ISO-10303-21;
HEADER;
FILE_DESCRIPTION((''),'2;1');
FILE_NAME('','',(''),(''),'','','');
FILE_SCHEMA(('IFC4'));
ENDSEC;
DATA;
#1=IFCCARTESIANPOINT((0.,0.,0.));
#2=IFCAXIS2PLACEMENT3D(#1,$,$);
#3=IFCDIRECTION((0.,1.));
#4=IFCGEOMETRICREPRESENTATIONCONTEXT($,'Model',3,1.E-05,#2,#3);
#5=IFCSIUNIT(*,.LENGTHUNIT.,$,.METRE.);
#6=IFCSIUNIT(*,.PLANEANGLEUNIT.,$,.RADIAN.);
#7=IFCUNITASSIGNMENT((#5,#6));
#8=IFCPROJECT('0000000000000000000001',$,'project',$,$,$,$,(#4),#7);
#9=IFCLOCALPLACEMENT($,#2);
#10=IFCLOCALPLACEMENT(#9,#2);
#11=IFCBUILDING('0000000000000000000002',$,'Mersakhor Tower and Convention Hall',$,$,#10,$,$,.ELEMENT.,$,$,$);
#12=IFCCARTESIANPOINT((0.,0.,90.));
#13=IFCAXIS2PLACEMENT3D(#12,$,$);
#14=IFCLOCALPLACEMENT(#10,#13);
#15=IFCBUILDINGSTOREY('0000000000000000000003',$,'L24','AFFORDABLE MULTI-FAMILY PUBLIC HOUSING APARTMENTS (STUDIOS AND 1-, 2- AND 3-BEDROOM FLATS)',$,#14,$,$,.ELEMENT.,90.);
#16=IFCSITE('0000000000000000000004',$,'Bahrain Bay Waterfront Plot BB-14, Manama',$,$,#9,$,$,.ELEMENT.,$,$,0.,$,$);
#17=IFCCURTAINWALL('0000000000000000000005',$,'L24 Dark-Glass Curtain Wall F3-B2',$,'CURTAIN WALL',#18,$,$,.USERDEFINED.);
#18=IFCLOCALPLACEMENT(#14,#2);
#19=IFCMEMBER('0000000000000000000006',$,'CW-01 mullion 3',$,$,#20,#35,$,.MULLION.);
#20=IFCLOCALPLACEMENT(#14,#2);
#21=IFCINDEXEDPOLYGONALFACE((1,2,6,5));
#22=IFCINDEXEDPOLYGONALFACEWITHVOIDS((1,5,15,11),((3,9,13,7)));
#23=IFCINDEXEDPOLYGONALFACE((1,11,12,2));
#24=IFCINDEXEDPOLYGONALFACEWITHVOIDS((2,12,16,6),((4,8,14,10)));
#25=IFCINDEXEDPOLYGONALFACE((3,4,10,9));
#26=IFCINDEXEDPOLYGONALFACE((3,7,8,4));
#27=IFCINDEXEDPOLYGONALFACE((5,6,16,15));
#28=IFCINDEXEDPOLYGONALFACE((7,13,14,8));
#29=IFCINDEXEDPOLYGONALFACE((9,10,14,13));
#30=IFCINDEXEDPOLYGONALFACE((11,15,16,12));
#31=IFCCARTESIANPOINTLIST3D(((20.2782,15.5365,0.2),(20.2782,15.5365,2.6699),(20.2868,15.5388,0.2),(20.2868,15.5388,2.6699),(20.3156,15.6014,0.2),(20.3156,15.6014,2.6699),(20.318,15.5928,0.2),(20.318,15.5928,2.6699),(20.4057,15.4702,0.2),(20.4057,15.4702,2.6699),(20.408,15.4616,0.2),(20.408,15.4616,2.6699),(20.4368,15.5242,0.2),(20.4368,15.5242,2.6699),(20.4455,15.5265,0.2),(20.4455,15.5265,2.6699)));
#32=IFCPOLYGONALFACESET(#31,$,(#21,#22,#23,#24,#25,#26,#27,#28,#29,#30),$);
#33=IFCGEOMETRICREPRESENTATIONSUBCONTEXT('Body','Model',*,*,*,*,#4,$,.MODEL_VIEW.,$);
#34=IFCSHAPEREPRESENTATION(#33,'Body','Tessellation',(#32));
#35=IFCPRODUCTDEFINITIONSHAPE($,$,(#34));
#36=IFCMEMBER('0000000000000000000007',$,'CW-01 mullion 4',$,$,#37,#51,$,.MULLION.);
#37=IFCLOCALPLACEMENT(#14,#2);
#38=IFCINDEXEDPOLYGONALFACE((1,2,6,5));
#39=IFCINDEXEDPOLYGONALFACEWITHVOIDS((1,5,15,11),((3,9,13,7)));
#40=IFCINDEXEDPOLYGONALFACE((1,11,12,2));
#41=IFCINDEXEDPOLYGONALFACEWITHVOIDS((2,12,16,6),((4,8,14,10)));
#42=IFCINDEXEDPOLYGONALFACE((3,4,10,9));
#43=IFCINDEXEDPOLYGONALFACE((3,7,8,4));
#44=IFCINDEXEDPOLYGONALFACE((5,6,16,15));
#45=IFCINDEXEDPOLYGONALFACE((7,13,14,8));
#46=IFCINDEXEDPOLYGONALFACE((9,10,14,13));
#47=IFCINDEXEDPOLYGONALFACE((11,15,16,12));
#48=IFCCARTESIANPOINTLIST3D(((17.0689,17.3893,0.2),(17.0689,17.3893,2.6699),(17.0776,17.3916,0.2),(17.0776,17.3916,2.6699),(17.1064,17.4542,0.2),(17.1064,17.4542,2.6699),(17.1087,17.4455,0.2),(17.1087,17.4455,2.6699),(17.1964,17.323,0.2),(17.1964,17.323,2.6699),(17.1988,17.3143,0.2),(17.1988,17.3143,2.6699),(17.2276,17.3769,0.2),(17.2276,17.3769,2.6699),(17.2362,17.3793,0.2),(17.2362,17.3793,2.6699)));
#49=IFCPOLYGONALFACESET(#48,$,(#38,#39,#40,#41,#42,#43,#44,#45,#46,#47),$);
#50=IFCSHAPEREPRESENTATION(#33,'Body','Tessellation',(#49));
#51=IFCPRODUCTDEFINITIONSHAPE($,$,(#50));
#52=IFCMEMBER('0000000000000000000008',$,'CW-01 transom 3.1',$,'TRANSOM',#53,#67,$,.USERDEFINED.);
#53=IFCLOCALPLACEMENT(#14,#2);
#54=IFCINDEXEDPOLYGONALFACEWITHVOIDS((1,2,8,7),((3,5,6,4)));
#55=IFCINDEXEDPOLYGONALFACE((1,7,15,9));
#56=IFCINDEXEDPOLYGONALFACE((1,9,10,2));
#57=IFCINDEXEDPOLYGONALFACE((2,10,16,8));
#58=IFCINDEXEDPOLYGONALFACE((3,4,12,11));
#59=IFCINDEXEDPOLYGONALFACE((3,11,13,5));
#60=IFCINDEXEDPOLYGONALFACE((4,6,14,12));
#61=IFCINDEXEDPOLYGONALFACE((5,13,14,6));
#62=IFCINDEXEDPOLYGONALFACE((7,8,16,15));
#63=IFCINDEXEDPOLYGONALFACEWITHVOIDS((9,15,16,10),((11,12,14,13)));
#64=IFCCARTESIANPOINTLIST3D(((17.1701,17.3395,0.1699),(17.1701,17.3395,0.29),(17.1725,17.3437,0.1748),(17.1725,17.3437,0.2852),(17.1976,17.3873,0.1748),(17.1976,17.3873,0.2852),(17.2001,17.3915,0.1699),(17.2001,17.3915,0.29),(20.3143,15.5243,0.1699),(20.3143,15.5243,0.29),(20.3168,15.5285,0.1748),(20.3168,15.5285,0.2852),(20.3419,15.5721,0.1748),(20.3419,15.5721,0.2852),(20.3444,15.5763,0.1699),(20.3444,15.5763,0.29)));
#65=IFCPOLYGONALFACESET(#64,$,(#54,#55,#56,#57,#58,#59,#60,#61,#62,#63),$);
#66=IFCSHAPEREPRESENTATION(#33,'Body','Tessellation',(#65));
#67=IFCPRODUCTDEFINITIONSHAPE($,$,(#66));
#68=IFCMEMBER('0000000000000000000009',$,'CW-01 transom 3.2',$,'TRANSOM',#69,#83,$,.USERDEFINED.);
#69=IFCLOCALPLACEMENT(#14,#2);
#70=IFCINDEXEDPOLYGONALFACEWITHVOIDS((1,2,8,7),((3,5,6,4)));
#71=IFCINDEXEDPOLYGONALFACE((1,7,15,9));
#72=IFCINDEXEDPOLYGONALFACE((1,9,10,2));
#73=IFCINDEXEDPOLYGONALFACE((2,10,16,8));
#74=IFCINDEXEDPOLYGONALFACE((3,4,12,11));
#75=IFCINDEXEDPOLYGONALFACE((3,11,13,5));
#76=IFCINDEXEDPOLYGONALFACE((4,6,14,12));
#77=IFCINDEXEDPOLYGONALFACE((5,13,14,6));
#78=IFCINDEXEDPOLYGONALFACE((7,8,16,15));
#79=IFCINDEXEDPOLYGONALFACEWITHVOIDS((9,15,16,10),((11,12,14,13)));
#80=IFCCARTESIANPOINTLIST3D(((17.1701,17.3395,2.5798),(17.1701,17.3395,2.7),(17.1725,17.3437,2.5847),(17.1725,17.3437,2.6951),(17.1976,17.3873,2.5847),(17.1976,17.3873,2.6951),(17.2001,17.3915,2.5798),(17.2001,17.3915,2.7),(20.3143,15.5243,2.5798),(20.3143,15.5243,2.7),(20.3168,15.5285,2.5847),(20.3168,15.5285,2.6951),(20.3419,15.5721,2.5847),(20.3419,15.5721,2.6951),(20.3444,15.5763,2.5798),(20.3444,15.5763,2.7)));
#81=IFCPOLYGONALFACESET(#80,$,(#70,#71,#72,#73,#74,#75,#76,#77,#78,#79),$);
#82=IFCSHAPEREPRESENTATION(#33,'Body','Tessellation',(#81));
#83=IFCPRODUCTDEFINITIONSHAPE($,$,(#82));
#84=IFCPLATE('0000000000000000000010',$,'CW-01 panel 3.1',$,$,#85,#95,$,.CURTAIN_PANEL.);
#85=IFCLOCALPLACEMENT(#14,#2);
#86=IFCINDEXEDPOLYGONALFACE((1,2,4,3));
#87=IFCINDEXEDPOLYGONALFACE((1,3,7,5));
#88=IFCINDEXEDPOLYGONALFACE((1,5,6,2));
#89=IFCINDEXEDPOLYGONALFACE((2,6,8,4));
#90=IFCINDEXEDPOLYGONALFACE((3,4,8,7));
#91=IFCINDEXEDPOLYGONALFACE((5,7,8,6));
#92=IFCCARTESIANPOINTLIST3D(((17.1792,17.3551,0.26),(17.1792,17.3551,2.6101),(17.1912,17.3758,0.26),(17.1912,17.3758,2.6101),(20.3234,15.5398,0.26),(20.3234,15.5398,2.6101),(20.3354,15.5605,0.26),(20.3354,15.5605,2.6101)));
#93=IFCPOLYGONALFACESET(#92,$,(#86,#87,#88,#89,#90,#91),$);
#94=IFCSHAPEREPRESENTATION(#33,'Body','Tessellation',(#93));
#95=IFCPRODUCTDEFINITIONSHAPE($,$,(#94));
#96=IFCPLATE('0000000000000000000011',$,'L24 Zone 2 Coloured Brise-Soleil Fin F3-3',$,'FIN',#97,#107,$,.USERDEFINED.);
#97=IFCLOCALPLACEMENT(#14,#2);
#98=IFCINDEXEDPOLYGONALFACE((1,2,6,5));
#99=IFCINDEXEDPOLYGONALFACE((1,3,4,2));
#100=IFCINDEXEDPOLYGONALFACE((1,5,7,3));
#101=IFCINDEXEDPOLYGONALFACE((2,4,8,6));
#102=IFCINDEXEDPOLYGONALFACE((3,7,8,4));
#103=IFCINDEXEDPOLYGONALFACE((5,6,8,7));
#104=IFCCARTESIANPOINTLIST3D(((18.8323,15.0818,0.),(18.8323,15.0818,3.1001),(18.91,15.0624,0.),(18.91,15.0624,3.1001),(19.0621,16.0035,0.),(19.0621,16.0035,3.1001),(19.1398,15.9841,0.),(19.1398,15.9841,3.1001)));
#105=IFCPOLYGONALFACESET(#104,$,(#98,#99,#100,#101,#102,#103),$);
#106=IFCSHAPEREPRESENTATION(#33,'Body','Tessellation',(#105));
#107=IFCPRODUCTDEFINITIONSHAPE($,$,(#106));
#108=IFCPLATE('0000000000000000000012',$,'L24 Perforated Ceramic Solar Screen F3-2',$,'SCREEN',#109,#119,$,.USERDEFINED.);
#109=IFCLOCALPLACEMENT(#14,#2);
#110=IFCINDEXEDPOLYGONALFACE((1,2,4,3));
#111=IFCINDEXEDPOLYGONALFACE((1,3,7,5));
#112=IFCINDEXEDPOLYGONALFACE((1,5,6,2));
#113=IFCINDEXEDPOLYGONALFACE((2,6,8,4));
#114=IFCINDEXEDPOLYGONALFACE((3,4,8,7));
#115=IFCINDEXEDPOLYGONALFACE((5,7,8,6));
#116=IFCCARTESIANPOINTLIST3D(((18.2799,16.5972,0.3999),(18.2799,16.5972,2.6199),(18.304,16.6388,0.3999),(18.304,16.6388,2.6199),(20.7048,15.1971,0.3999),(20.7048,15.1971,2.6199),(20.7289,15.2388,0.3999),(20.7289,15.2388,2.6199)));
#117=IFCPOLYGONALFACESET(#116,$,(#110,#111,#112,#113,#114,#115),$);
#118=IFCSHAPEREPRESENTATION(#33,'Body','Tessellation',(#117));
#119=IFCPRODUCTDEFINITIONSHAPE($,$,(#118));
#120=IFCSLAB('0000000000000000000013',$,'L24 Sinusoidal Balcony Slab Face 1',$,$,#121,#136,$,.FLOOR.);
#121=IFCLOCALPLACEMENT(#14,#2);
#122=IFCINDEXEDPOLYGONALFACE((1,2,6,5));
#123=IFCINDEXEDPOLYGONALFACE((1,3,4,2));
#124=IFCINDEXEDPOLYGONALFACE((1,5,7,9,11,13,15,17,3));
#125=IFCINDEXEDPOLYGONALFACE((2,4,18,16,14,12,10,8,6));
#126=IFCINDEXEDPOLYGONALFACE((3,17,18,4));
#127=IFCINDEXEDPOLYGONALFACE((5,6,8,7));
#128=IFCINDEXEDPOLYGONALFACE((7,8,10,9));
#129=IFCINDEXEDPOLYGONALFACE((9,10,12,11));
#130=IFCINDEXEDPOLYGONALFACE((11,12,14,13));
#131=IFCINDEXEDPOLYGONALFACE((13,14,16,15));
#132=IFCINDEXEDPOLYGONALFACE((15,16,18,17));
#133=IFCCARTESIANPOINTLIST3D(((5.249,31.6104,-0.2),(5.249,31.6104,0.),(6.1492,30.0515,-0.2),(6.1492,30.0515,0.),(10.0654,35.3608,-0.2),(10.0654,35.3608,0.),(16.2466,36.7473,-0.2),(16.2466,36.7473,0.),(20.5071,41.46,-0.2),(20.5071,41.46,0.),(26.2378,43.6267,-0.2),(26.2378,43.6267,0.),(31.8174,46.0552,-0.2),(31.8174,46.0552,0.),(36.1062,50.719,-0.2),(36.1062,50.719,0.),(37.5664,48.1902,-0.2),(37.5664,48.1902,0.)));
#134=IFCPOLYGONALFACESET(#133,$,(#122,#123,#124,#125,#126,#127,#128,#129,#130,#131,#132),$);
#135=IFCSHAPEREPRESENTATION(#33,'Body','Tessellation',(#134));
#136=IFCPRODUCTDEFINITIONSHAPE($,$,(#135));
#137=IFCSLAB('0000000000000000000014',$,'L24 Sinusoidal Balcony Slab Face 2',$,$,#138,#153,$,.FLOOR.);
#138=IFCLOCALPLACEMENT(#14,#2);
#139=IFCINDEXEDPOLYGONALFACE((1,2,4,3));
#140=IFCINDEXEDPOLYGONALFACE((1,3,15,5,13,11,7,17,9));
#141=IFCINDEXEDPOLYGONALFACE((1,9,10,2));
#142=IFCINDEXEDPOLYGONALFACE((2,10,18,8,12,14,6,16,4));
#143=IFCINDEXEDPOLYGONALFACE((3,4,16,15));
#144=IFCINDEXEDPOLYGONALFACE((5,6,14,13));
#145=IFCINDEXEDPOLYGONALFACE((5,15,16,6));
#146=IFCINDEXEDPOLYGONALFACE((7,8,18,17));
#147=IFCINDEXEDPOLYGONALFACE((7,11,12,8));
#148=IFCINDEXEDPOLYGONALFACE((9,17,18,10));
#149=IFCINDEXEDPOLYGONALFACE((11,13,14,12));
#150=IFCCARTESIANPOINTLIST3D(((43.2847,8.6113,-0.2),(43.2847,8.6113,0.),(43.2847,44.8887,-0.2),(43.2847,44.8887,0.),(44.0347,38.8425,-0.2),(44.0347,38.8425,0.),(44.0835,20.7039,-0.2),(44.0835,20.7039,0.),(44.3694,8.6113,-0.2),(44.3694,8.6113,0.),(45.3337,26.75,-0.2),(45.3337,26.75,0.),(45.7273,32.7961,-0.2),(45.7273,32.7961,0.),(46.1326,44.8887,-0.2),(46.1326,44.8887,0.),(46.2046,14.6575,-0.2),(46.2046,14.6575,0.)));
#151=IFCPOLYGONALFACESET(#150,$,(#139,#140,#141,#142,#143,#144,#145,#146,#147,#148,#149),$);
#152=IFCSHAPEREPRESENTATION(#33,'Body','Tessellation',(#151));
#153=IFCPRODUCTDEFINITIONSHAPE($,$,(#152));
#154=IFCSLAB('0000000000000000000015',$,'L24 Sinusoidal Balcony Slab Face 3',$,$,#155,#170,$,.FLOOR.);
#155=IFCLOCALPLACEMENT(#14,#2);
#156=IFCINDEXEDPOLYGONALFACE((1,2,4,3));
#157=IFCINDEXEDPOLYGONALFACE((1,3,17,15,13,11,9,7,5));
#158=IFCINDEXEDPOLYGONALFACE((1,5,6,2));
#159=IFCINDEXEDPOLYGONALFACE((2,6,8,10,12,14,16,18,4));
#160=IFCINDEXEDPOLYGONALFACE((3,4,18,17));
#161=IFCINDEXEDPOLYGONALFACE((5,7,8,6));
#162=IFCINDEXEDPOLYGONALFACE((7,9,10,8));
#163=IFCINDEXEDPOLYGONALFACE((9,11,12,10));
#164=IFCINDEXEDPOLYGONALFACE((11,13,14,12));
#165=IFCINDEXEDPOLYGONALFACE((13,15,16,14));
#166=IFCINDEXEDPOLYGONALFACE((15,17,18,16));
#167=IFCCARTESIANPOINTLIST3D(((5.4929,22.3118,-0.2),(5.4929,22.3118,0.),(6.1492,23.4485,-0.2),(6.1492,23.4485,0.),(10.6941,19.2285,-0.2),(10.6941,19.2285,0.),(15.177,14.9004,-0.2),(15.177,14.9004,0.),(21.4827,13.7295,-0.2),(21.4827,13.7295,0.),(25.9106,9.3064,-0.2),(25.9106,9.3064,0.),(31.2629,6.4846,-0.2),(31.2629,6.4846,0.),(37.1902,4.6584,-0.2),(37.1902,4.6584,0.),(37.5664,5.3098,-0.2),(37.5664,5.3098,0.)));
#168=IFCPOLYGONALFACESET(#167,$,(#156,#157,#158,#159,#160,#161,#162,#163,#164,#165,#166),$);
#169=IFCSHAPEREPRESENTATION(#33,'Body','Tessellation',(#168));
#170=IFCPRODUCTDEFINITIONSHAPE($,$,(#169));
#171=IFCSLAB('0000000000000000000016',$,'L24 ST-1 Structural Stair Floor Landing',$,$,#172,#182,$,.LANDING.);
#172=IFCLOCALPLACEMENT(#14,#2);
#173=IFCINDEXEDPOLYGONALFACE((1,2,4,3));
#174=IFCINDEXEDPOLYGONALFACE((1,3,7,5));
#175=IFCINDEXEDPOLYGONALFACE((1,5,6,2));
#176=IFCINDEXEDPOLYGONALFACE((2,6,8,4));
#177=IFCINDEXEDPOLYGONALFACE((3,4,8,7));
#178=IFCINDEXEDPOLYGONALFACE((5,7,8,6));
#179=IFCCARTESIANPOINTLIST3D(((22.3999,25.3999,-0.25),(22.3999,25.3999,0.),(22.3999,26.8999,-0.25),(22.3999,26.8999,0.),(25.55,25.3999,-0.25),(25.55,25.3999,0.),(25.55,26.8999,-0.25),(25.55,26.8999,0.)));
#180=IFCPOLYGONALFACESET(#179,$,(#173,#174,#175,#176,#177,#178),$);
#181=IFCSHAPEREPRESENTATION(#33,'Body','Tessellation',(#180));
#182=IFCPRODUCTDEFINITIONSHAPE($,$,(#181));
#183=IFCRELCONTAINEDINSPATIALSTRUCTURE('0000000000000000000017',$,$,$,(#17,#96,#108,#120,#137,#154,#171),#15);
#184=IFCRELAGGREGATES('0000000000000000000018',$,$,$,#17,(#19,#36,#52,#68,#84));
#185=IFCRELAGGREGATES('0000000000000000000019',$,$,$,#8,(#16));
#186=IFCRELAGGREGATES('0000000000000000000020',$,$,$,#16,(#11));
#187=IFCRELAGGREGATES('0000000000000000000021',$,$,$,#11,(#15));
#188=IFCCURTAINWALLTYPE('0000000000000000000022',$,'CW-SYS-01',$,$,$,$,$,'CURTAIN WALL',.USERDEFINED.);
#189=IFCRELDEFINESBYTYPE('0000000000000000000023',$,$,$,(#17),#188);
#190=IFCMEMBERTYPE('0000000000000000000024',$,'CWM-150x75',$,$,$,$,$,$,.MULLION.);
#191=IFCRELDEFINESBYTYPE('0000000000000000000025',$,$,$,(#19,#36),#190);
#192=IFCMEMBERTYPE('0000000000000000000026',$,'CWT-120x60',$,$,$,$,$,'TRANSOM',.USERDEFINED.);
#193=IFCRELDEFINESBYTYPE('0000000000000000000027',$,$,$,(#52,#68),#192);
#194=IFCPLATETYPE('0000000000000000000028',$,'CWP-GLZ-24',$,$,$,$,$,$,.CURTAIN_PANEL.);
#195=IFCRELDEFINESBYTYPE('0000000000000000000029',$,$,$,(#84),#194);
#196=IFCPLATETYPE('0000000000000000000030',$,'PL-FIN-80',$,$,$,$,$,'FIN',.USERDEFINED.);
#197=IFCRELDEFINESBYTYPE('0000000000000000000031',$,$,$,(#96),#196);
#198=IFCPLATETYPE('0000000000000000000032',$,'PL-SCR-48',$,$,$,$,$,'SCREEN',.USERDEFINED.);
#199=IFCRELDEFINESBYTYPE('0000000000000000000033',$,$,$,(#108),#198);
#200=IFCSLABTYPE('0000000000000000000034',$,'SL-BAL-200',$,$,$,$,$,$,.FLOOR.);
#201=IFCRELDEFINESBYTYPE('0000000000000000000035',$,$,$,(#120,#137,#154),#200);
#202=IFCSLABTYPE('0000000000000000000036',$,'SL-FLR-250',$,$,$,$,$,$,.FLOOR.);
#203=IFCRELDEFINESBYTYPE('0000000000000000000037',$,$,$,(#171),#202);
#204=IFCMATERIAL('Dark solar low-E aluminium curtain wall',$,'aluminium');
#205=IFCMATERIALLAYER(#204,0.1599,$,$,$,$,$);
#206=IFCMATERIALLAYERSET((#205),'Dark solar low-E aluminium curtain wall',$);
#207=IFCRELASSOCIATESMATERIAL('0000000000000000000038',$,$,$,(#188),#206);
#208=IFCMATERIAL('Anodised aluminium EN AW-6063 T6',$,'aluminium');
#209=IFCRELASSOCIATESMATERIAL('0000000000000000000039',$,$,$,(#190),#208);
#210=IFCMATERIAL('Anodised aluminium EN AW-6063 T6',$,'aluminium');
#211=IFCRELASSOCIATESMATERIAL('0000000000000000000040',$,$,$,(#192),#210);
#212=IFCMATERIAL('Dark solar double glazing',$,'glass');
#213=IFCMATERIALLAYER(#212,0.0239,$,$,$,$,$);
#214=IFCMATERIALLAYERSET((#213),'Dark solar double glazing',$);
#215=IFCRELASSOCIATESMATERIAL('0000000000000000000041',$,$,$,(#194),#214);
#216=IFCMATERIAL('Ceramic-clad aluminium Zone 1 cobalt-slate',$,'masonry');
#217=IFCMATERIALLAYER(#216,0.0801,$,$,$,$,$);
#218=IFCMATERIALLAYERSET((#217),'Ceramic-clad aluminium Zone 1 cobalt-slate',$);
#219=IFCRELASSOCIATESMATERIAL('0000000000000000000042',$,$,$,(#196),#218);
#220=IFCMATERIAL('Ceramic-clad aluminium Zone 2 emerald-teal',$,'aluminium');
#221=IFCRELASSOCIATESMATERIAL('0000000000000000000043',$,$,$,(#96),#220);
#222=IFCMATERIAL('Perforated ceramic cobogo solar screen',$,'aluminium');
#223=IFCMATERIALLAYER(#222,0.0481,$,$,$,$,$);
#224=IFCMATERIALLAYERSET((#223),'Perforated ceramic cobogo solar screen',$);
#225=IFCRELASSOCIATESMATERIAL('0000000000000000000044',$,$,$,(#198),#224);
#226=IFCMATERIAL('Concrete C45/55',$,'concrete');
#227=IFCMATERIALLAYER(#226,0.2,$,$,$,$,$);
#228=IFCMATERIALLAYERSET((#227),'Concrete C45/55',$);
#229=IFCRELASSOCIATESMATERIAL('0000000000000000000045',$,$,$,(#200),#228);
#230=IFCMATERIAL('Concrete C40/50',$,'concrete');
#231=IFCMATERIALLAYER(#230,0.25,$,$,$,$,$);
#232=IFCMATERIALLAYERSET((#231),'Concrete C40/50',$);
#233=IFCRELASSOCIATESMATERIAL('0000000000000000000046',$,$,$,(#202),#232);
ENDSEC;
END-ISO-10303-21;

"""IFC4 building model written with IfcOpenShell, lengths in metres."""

from ifc_helpers import new_model, si_unit, direction, frame, origin, origin_2d, place, context, subcontext, project, spatial, polyline, rectangle, hollow_rectangle, outline, extrude, material, layer, layer_set, material_profile, profile_set, type_object, element, aggregate, save


model = new_model("IFC4")

# Units and contexts
model_context = context("Model", 3, precision=1e-05, world=origin(), true_north=direction((0.0, 1.0)))
body_context = subcontext(model_context, "Body", "Model", "MODEL_VIEW")
ifc_project = project(units=[si_unit("LENGTHUNIT", "METRE"), si_unit("PLANEANGLEUNIT", "RADIAN")], contexts=[model_context])

# Site, building, storey
site_placement = place(None, origin())
site = spatial("IfcSite", under=ifc_project, at=site_placement, Name="Bahrain Bay Waterfront Plot BB-14, Manama", CompositionType="ELEMENT", RefElevation=0.0)
building_placement = place(site_placement, origin())
building = spatial("IfcBuilding", under=site, at=building_placement, Name="Mersakhor Tower and Convention Hall", CompositionType="ELEMENT")
storey_placement = place(building_placement, frame((0.0, 0.0, 90.0)))
storey = spatial("IfcBuildingStorey", under=building, at=storey_placement, Name="L24", Description="AFFORDABLE MULTI-FAMILY PUBLIC HOUSING APARTMENTS (STUDIOS AND 1-, 2- AND 3-BEDROOM FLATS)", CompositionType="ELEMENT", Elevation=90.0)

# Curtain wall, members, plate
ifc_material_1 = material(Name="Dark solar low-E aluminium curtain wall", Category="aluminium")
ifc_layer_1 = layer(ifc_material_1, 0.1599)
ifc_layer_set_1 = layer_set([ifc_layer_1], Name="Dark solar low-E aluminium curtain wall")
curtain_wall_type = type_object("IfcCurtainWallType", Name="CW-SYS-01", ElementType="CURTAIN WALL", PredefinedType="USERDEFINED", material=ifc_layer_set_1)
curtain_wall_placement = place(storey_placement, origin())
curtain_wall = element("IfcCurtainWall", 1, at=curtain_wall_placement, inside=storey, type_object=curtain_wall_type, Name="L24 Dark-Glass Curtain Wall F3-B2", ObjectType="CURTAIN WALL", PredefinedType="USERDEFINED")
ifc_material_2 = material(Name="Anodised aluminium EN AW-6063 T6", Category="aluminium")
ifc_material_profile_1 = material_profile(ifc_material_2, hollow_rectangle(XDim=0.075, YDim=0.1499, WallThickness=0.0063, at=origin_2d()), Name="RHS 150x75x6.3")
ifc_profile_set_1 = profile_set([ifc_material_profile_1], Name="Anodised aluminium EN AW-6063 T6")
member_type_1 = type_object("IfcMemberType", Name="CWM-150x75", PredefinedType="MULLION", material=ifc_profile_set_1)
member_1_placement = place(storey_placement, frame((20.3618, 15.5315, 0.2), z_axis=(0.0, 0.0, 1.0), x_axis=(-0.499998, -0.866027, 0.0)))
member_1 = element("IfcMember", 2, at=member_1_placement, type_object=member_type_1, Name="CW-01 mullion 3", PredefinedType="MULLION", context=body_context, shape_type="SweptSolid", body=[
    extrude(hollow_rectangle(XDim=0.075, YDim=0.1499, WallThickness=0.0063, at=origin_2d()), origin(), (0.0, 0.0, 1.0), 2.47),
])
member_2_placement = place(storey_placement, frame((17.1526, 17.3843, 0.2), z_axis=(0.0, 0.0, 1.0), x_axis=(-0.499998, -0.866027, 0.0)))
member_2 = element("IfcMember", 3, at=member_2_placement, type_object=member_type_1, Name="CW-01 mullion 4", PredefinedType="MULLION", context=body_context, shape_type="SweptSolid", body=[
    extrude(hollow_rectangle(XDim=0.075, YDim=0.1499, WallThickness=0.0063, at=origin_2d()), origin(), (0.0, 0.0, 1.0), 2.47),
])
ifc_material_3 = material(Name="Anodised aluminium EN AW-6063 T6", Category="aluminium")
ifc_material_profile_2 = material_profile(ifc_material_3, hollow_rectangle(XDim=0.0601, YDim=0.1201, WallThickness=0.0049, at=origin_2d()), Name="RHS 120x60x5")
ifc_profile_set_2 = profile_set([ifc_material_profile_2], Name="Anodised aluminium EN AW-6063 T6")
member_type_2 = type_object("IfcMemberType", Name="CWT-120x60", ElementType="TRANSOM", PredefinedType="USERDEFINED", material=ifc_profile_set_2)
member_3_placement = place(storey_placement, frame((20.3293, 15.5503, 0.23), z_axis=(-0.866046, 0.499965, 0.0), x_axis=(-0.499965, -0.866046, 0.0)))
member_3 = element("IfcMember", 4, at=member_3_placement, type_object=member_type_2, Name="CW-01 transom 3.1", ObjectType="TRANSOM", PredefinedType="USERDEFINED", context=body_context, shape_type="SweptSolid", body=[
    extrude(hollow_rectangle(XDim=0.0601, YDim=0.1201, WallThickness=0.0049, at=origin_2d()), origin(), (0.0, 0.0, 1.0), 3.6306),
])
member_4_placement = place(storey_placement, frame((20.3293, 15.5503, 2.6399), z_axis=(-0.866046, 0.499965, 0.0), x_axis=(-0.499965, -0.866046, 0.0)))
member_4 = element("IfcMember", 5, at=member_4_placement, type_object=member_type_2, Name="CW-01 transom 3.2", ObjectType="TRANSOM", PredefinedType="USERDEFINED", context=body_context, shape_type="SweptSolid", body=[
    extrude(hollow_rectangle(XDim=0.0601, YDim=0.1201, WallThickness=0.0049, at=origin_2d()), origin(), (0.0, 0.0, 1.0), 3.6306),
])
ifc_material_4 = material(Name="Dark solar double glazing", Category="glass")
ifc_layer_2 = layer(ifc_material_4, 0.0239)
ifc_layer_set_2 = layer_set([ifc_layer_2], Name="Dark solar double glazing")
plate_type_1 = type_object("IfcPlateType", Name="CWP-GLZ-24", PredefinedType="CURTAIN_PANEL", material=ifc_layer_set_2)
plate_1_placement = place(storey_placement, frame((18.7573, 16.4578, 0.26), z_axis=(0.0, 0.0, 1.0), x_axis=(-0.866027, 0.499998, 0.0)))
plate_1 = element("IfcPlate", 6, at=plate_1_placement, type_object=plate_type_1, Name="CW-01 panel 3.1", PredefinedType="CURTAIN_PANEL", context=body_context, shape_type="SweptSolid", body=[
    extrude(rectangle(XDim=3.6306, YDim=0.0239, at=origin_2d()), origin(), (0.0, 0.0, 1.0), 2.3501),
])
aggregate(curtain_wall, [member_1, member_2, member_3, member_4, plate_1])

# Plates
ifc_material_5 = material(Name="Ceramic-clad aluminium Zone 2 emerald-teal", Category="aluminium")
ifc_material_6 = material(Name="Ceramic-clad aluminium Zone 1 cobalt-slate", Category="masonry")
ifc_layer_3 = layer(ifc_material_6, 0.0801)
ifc_layer_set_3 = layer_set([ifc_layer_3], Name="Ceramic-clad aluminium Zone 1 cobalt-slate")
plate_type_2 = type_object("IfcPlateType", Name="PL-FIN-80", ElementType="FIN", PredefinedType="USERDEFINED", material=ifc_layer_set_3)
plate_2_placement = place(storey_placement, frame((18.9861, 15.533, 0.0), z_axis=(0.0, 0.0, 1.0), x_axis=(-0.241922, -0.970296, 0.0)))
element("IfcPlate", 7, at=plate_2_placement, inside=storey, type_object=plate_type_2, material=ifc_material_5, Name="L24 Zone 2 Coloured Brise-Soleil Fin F3-3", ObjectType="FIN", PredefinedType="USERDEFINED", context=body_context, shape_type="SweptSolid", body=[
    extrude(rectangle(XDim=0.95, YDim=0.0801, at=origin_2d()), origin(), (0.0, 0.0, 1.0), 3.1001),
])
ifc_material_7 = material(Name="Perforated ceramic cobogo solar screen", Category="aluminium")
ifc_layer_4 = layer(ifc_material_7, 0.0481)
ifc_layer_set_4 = layer_set([ifc_layer_4], Name="Perforated ceramic cobogo solar screen")
plate_type_3 = type_object("IfcPlateType", Name="PL-SCR-48", ElementType="SCREEN", PredefinedType="USERDEFINED", material=ifc_layer_set_4)
plate_3_placement = place(storey_placement, frame((19.5044, 15.918, 0.3999), z_axis=(0.0, 0.0, 1.0), x_axis=(-0.866025, 0.5, 0.0)))
element("IfcPlate", 8, at=plate_3_placement, inside=storey, type_object=plate_type_3, Name="L24 Perforated Ceramic Solar Screen F3-2", ObjectType="SCREEN", PredefinedType="USERDEFINED", context=body_context, shape_type="SweptSolid", body=[
    extrude(rectangle(XDim=2.8, YDim=0.0481, at=origin_2d()), origin(), (0.0, 0.0, 1.0), 2.22),
])

# Slabs
ifc_material_8 = material(Name="Concrete C45/55", Category="concrete")
ifc_layer_5 = layer(ifc_material_8, 0.2)
ifc_layer_set_5 = layer_set([ifc_layer_5], Name="Concrete C45/55")
slab_type_1 = type_object("IfcSlabType", Name="SL-BAL-200", PredefinedType="FLOOR", material=ifc_layer_set_5)
slab_1_placement = place(storey_placement, frame((0.0, 0.0, -0.2)))
element("IfcSlab", 9, at=slab_1_placement, inside=storey, type_object=slab_type_1, Name="L24 Sinusoidal Balcony Slab Face 1", PredefinedType="FLOOR", context=body_context, shape_type="SweptSolid", body=[
    extrude(outline(polyline([(6.1492, 30.0515), (37.5664, 48.1902), (36.1062, 50.719), (31.8174, 46.0552), (26.2378, 43.6267), (20.5071, 41.46), (16.2466, 36.7473), (10.0654, 35.3608), (5.249, 31.6104), (6.1492, 30.0515)])), origin(), (0.0, 0.0, 1.0), 0.2),
])
slab_2_placement = place(storey_placement, frame((0.0, 0.0, -0.2)))
element("IfcSlab", 10, at=slab_2_placement, inside=storey, type_object=slab_type_1, Name="L24 Sinusoidal Balcony Slab Face 2", PredefinedType="FLOOR", context=body_context, shape_type="SweptSolid", body=[
    extrude(outline(polyline([(43.2847, 44.8887), (43.2847, 8.6113), (44.3694, 8.6113), (46.2046, 14.6575), (44.0835, 20.7039), (45.3337, 26.75), (45.7273, 32.7961), (44.0347, 38.8425), (46.1326, 44.8887), (43.2847, 44.8887)])), origin(), (0.0, 0.0, 1.0), 0.2),
])
slab_3_placement = place(storey_placement, frame((0.0, 0.0, -0.2)))
element("IfcSlab", 11, at=slab_3_placement, inside=storey, type_object=slab_type_1, Name="L24 Sinusoidal Balcony Slab Face 3", PredefinedType="FLOOR", context=body_context, shape_type="SweptSolid", body=[
    extrude(outline(polyline([(37.5664, 5.3098), (6.1492, 23.4485), (5.4929, 22.3118), (10.6941, 19.2285), (15.177, 14.9004), (21.4827, 13.7295), (25.9106, 9.3064), (31.2629, 6.4846), (37.1902, 4.6584), (37.5664, 5.3098)])), origin(), (0.0, 0.0, 1.0), 0.2),
])
ifc_material_9 = material(Name="Concrete C40/50", Category="concrete")
ifc_layer_6 = layer(ifc_material_9, 0.25)
ifc_layer_set_6 = layer_set([ifc_layer_6], Name="Concrete C40/50")
slab_type_2 = type_object("IfcSlabType", Name="SL-FLR-250", PredefinedType="FLOOR", material=ifc_layer_set_6)
slab_4_placement = place(storey_placement, frame((0.0, 0.0, -0.25)))
element("IfcSlab", 12, at=slab_4_placement, inside=storey, type_object=slab_type_2, Name="L24 ST-1 Structural Stair Floor Landing", PredefinedType="LANDING", context=body_context, shape_type="SweptSolid", body=[
    extrude(outline(polyline([(25.55, 25.3999), (25.55, 26.8999), (22.3999, 26.8999), (22.3999, 25.3999), (25.55, 25.3999)])), origin(), (0.0, 0.0, 1.0), 0.25),
])

save(model, "model.ifc")
